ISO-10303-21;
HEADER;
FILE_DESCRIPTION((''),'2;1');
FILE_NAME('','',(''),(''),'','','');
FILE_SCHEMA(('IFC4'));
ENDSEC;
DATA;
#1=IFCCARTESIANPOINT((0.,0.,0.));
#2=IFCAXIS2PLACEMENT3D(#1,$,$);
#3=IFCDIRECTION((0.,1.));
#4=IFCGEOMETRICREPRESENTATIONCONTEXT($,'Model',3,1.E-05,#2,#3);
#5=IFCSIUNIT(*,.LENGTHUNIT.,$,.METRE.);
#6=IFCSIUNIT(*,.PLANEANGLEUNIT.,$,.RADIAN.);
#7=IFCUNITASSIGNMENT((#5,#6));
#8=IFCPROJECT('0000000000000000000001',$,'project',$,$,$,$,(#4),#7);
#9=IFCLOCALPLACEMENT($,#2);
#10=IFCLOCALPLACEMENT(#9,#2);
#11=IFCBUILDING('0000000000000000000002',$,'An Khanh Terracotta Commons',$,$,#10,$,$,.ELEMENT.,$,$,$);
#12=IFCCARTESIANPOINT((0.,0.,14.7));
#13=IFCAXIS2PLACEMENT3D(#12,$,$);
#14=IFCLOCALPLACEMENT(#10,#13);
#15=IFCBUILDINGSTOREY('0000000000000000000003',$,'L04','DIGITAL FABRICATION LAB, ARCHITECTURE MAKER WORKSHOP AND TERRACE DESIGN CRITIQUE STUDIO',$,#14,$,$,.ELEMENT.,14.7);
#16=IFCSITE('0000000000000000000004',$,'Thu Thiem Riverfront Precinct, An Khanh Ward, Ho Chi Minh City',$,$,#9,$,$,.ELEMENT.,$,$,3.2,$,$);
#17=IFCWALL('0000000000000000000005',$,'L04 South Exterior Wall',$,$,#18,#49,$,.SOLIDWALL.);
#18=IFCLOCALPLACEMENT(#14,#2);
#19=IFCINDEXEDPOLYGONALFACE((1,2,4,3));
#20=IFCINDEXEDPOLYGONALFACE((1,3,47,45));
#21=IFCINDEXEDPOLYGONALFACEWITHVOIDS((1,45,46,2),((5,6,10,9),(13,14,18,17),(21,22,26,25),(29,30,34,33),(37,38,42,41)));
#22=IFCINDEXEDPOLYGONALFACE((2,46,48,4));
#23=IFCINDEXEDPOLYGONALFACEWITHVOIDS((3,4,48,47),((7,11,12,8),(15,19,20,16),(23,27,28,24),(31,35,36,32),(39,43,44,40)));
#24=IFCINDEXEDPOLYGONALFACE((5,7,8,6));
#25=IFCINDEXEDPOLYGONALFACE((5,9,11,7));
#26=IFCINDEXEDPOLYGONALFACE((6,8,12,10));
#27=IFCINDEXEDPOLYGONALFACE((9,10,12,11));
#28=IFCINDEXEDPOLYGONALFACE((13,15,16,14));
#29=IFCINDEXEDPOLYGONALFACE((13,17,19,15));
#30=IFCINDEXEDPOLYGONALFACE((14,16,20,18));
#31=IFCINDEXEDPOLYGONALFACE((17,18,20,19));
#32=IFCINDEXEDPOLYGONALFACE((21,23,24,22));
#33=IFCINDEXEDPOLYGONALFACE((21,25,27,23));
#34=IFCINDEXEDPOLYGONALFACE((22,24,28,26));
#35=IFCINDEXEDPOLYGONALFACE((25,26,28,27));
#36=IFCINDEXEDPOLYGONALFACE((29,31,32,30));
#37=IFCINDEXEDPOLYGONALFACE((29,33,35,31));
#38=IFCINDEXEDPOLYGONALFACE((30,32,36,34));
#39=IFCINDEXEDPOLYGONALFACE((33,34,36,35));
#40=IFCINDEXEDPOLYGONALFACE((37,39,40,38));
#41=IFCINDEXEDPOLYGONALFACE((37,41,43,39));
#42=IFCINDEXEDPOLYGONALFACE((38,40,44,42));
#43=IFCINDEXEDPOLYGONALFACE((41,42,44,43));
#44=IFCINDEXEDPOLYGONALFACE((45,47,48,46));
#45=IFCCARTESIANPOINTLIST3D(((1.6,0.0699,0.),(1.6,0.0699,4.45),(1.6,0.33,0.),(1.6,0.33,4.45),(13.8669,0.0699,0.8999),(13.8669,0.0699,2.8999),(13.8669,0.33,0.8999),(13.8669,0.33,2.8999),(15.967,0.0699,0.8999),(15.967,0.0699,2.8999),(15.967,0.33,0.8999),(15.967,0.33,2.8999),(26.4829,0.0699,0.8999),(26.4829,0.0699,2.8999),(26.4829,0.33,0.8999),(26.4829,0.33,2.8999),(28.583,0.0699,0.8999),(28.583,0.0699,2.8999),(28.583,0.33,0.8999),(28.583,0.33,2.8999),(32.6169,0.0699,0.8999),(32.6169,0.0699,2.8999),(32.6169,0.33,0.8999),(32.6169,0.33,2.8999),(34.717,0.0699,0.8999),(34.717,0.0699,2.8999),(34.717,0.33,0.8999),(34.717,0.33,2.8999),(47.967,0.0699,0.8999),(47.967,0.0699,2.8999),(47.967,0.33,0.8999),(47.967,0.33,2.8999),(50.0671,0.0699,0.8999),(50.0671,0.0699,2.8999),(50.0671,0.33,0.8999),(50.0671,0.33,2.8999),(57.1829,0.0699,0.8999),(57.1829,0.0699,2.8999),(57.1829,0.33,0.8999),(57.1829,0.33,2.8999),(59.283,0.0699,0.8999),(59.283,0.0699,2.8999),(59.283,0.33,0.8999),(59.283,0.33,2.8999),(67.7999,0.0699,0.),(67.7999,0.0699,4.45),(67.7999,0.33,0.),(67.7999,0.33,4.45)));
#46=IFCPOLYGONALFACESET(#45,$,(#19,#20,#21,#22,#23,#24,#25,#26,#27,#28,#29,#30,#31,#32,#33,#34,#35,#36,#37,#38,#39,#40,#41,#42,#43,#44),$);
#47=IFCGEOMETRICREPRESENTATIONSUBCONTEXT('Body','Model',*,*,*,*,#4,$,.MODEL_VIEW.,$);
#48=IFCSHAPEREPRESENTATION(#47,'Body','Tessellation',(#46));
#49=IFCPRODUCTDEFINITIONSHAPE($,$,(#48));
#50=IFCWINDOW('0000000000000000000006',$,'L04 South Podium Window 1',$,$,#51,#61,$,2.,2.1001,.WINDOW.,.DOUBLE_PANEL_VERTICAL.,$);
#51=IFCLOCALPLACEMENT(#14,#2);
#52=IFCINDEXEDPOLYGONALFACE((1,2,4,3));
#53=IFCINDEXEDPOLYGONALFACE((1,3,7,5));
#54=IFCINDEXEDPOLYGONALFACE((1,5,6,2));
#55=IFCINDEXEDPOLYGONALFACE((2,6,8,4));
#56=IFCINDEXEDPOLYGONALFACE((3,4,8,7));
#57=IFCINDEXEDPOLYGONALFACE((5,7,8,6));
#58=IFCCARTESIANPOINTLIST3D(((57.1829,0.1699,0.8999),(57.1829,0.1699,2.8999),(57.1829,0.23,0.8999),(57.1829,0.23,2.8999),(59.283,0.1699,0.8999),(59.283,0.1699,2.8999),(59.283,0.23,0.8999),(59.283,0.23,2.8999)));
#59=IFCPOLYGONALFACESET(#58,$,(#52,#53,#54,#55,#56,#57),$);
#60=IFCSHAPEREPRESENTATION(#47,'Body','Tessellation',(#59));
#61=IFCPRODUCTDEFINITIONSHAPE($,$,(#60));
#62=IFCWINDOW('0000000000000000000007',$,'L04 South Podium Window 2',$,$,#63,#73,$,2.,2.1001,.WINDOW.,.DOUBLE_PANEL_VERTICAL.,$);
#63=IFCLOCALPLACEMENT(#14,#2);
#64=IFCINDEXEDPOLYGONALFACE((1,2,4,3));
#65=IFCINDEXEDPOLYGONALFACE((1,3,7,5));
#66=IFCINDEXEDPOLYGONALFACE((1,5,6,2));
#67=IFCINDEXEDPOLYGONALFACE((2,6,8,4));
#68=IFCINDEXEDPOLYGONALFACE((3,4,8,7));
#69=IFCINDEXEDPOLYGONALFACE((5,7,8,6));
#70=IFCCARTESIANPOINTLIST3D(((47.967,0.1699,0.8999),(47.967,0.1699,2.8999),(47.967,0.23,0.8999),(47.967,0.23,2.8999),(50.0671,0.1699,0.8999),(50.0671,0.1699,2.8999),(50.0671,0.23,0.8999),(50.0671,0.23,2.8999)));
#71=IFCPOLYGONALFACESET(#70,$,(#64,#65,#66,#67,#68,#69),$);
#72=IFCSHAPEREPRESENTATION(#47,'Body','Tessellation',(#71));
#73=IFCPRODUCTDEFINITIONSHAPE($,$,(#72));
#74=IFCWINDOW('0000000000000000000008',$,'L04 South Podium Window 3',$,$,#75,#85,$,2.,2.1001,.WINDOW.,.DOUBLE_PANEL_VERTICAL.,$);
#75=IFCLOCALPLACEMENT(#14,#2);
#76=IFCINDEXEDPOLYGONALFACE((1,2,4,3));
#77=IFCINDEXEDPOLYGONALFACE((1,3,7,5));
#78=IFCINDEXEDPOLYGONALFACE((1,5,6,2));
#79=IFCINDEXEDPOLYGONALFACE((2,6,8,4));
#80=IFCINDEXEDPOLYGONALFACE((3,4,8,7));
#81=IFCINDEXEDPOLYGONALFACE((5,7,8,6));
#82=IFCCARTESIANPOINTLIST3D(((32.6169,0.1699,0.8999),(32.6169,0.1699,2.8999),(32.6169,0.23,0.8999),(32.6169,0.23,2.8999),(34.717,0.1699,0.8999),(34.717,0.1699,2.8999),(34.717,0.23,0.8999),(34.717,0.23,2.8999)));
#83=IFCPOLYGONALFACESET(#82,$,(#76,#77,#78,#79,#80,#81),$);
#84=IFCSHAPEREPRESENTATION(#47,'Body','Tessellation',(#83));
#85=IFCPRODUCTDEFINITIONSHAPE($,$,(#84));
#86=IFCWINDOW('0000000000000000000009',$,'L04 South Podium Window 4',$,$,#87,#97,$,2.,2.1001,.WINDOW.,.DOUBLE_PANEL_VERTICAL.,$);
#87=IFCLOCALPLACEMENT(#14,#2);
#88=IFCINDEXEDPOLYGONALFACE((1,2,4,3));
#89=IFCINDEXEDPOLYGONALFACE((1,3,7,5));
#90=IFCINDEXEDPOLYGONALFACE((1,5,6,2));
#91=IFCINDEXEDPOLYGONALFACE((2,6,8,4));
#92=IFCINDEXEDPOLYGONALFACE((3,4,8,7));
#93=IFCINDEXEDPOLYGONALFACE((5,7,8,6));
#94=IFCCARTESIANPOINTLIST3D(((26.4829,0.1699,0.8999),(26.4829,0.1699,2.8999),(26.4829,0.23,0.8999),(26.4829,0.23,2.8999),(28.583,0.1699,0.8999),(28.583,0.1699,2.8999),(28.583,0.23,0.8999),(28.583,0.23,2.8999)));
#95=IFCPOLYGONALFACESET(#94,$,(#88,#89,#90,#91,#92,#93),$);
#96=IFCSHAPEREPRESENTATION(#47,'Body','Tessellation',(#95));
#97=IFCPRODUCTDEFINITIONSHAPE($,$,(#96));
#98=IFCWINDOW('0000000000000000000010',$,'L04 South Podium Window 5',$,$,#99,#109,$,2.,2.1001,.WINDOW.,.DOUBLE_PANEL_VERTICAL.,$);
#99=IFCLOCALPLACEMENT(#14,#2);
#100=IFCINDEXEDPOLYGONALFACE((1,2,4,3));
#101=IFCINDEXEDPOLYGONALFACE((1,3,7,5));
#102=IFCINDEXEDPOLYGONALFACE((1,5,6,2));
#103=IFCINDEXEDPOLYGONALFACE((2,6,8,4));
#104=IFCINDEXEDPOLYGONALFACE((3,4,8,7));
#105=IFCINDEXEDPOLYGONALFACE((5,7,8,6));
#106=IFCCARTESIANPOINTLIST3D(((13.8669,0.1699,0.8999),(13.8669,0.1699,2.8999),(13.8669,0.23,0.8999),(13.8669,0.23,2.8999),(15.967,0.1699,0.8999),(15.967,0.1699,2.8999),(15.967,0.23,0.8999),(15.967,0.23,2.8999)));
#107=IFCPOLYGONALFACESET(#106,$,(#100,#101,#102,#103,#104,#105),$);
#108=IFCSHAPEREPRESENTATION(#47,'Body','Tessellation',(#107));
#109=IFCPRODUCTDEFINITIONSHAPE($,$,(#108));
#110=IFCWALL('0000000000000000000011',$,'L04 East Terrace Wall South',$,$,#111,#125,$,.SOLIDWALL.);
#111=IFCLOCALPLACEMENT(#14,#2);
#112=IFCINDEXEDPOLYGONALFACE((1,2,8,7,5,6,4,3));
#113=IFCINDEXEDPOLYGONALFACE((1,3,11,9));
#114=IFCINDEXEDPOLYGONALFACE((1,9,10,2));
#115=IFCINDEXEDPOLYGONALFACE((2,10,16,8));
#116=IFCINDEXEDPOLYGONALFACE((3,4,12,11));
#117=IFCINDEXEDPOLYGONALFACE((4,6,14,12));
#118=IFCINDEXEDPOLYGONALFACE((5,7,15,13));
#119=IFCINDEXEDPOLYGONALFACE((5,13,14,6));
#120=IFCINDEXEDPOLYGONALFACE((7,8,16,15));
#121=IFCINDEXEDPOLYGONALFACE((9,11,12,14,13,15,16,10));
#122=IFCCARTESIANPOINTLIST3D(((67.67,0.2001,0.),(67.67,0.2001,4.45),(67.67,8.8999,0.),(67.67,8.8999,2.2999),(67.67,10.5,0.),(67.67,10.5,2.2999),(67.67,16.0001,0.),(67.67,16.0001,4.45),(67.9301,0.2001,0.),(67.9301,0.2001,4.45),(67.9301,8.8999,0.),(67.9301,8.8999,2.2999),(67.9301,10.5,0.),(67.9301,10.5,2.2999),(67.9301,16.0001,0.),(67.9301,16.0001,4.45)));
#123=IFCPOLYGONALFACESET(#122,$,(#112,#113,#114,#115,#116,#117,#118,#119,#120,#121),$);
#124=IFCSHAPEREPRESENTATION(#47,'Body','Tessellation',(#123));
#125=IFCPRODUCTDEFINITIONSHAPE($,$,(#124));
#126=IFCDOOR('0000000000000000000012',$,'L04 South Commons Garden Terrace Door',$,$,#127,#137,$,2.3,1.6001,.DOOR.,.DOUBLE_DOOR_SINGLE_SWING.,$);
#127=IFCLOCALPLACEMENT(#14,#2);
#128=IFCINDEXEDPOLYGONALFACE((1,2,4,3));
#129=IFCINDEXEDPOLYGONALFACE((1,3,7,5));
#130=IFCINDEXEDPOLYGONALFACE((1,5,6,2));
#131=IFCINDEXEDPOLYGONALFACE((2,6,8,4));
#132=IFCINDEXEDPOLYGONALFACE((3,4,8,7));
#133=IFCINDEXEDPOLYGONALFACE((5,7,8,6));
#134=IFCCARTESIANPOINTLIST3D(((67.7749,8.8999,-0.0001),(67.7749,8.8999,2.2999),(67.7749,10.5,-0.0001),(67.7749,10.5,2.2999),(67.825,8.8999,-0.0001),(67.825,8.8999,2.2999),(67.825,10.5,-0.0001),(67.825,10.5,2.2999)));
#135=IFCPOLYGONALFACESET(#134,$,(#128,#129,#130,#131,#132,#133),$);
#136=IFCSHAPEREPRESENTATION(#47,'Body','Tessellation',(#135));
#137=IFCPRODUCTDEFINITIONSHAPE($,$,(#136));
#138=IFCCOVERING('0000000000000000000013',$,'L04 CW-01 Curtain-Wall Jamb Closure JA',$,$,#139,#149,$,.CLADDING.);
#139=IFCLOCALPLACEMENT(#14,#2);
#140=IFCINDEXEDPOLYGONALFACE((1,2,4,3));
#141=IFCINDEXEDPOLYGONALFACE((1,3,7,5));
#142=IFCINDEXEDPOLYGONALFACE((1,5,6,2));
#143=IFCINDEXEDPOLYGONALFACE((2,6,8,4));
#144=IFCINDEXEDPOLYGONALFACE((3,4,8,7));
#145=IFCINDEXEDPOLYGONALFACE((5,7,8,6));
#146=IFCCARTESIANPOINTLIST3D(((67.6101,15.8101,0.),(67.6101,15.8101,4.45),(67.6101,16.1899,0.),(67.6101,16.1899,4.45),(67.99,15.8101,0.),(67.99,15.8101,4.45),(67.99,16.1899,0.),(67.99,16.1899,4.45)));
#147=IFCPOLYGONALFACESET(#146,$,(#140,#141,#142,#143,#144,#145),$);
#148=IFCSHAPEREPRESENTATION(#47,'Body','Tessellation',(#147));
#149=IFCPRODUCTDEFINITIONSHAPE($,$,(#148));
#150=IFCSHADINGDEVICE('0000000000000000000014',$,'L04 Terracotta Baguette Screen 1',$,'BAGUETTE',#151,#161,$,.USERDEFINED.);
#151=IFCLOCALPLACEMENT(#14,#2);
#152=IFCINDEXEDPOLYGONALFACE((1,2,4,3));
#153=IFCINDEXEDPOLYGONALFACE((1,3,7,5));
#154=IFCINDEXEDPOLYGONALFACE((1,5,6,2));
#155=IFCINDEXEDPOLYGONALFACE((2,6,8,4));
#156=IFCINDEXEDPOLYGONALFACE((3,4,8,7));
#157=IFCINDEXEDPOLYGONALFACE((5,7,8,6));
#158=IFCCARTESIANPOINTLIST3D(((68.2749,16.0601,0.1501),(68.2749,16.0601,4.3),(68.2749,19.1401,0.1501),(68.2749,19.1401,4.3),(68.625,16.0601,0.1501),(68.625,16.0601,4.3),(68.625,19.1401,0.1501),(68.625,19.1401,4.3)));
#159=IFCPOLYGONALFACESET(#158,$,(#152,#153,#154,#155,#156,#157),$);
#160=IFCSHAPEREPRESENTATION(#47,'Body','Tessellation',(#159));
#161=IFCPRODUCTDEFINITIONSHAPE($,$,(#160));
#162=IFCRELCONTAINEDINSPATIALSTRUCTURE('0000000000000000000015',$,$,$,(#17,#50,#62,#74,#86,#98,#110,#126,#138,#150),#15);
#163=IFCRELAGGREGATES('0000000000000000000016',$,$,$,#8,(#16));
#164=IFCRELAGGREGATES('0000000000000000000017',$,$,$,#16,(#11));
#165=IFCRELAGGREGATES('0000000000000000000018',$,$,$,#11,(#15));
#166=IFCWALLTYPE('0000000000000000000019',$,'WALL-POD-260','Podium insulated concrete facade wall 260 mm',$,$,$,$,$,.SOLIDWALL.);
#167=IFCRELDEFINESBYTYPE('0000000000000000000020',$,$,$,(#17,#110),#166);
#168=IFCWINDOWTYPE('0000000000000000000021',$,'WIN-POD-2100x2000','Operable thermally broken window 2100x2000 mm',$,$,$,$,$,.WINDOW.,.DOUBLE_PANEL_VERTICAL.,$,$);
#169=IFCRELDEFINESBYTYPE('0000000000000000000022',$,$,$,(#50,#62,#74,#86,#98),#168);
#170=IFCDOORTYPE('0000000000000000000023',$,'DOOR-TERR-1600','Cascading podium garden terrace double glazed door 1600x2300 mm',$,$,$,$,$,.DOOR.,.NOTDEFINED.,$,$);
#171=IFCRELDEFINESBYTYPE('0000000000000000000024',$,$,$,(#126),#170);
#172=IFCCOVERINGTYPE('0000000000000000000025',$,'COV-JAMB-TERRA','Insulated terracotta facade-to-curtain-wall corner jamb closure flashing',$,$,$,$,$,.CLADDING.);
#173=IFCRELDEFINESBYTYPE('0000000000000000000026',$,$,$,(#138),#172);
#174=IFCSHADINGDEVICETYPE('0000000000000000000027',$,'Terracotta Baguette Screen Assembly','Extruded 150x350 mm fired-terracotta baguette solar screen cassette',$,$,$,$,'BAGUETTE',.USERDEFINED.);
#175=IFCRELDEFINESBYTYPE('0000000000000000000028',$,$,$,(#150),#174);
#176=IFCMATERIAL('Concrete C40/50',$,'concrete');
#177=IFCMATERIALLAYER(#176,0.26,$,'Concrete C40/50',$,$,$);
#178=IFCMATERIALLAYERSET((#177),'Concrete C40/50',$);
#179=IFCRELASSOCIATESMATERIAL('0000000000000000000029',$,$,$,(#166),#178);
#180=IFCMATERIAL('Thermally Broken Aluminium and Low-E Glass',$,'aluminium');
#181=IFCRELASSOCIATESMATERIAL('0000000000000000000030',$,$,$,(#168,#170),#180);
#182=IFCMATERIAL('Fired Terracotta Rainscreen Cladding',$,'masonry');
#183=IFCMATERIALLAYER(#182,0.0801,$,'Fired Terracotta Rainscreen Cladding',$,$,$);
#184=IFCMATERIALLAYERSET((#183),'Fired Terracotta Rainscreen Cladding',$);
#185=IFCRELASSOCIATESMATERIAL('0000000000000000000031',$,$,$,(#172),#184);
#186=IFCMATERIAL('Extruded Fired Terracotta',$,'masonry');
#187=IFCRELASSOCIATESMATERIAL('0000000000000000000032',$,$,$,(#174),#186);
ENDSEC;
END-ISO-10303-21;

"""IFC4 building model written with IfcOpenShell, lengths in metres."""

from ifc_helpers import new_model, si_unit, direction, frame, frame_2d, origin, origin_2d, place, context, subcontext, project, spatial, rectangle, extrude, material, layer, layer_set, type_object, element, fill, save


model = new_model("IFC4")

# Units and contexts
model_context = context("Model", 3, precision=1e-05, world=origin(), true_north=direction((0.0, 1.0)))
body_context = subcontext(model_context, "Body", "Model", "MODEL_VIEW")
ifc_project = project(units=[si_unit("LENGTHUNIT", "METRE"), si_unit("PLANEANGLEUNIT", "RADIAN")], contexts=[model_context])

# Site, building, storey
site_placement = place(None, origin())
site = spatial("IfcSite", under=ifc_project, at=site_placement, Name="Thu Thiem Riverfront Precinct, An Khanh Ward, Ho Chi Minh City", CompositionType="ELEMENT", RefElevation=3.2)
building_placement = place(site_placement, origin())
building = spatial("IfcBuilding", under=site, at=building_placement, Name="An Khanh Terracotta Commons", CompositionType="ELEMENT")
storey_placement = place(building_placement, frame((0.0, 0.0, 14.7)))
storey = spatial("IfcBuildingStorey", under=building, at=storey_placement, Name="L04", Description="DIGITAL FABRICATION LAB, ARCHITECTURE MAKER WORKSHOP AND TERRACE DESIGN CRITIQUE STUDIO", CompositionType="ELEMENT", Elevation=14.7)

# Wall, openings, windows
ifc_material_1 = material(Name="Concrete C40/50", Category="concrete")
ifc_layer_1 = layer(ifc_material_1, 0.26, Name="Concrete C40/50")
ifc_layer_set_1 = layer_set([ifc_layer_1], Name="Concrete C40/50")
wall_type = type_object("IfcWallType", Name="WALL-POD-260", Description="Podium insulated concrete facade wall 260 mm", PredefinedType="SOLIDWALL", material=ifc_layer_set_1)
wall_1_placement = place(storey_placement, frame((67.8, 0.2, 0.0), z_axis=(0.0, 0.0, 1.0), x_axis=(-1.0, 0.0, 0.0)))
wall_1 = element("IfcWall", 1, at=wall_1_placement, inside=storey, type_object=wall_type, Name="L04 South Exterior Wall", PredefinedType="SOLIDWALL", context=body_context, shape_type="SweptSolid", body=[
    extrude(rectangle(XDim=66.2, YDim=0.26, at=frame_2d((33.1001, 0.0))), origin(), (0.0, 0.0, 1.0), 4.45),
])
opening_1_placement = place(wall_1_placement, frame((8.5171, 0.0, 0.8999)))
opening_1 = element("IfcOpeningElement", 2, at=opening_1_placement, cuts=wall_1, PredefinedType="OPENING", context=body_context, shape_type="SweptSolid", body=[
    extrude(rectangle(XDim=2.1001, YDim=2.0, at=frame_2d((1.05, 1.0))), frame((0.0, 0.1399, 0.0), z_axis=(0.0, -1.0, 0.0), x_axis=(1.0, 0.0, 0.0)), (0.0, 0.0, 1.0), 0.28),
])
opening_2_placement = place(wall_1_placement, frame((17.7329, 0.0, 0.8999)))
opening_2 = element("IfcOpeningElement", 3, at=opening_2_placement, cuts=wall_1, PredefinedType="OPENING", context=body_context, shape_type="SweptSolid", body=[
    extrude(rectangle(XDim=2.1001, YDim=2.0, at=frame_2d((1.05, 1.0))), frame((0.0, 0.1399, 0.0), z_axis=(0.0, -1.0, 0.0), x_axis=(1.0, 0.0, 0.0)), (0.0, 0.0, 1.0), 0.28),
])
opening_3_placement = place(wall_1_placement, frame((33.083, 0.0, 0.8999)))
opening_3 = element("IfcOpeningElement", 4, at=opening_3_placement, cuts=wall_1, PredefinedType="OPENING", context=body_context, shape_type="SweptSolid", body=[
    extrude(rectangle(XDim=2.1001, YDim=2.0, at=frame_2d((1.05, 1.0))), frame((0.0, 0.1399, 0.0), z_axis=(0.0, -1.0, 0.0), x_axis=(1.0, 0.0, 0.0)), (0.0, 0.0, 1.0), 0.28),
])
opening_4_placement = place(wall_1_placement, frame((39.217, 0.0, 0.8999)))
opening_4 = element("IfcOpeningElement", 5, at=opening_4_placement, cuts=wall_1, PredefinedType="OPENING", context=body_context, shape_type="SweptSolid", body=[
    extrude(rectangle(XDim=2.1001, YDim=2.0, at=frame_2d((1.05, 1.0))), frame((0.0, 0.1399, 0.0), z_axis=(0.0, -1.0, 0.0), x_axis=(1.0, 0.0, 0.0)), (0.0, 0.0, 1.0), 0.28),
])
opening_5_placement = place(wall_1_placement, frame((51.833, 0.0, 0.8999)))
opening_5 = element("IfcOpeningElement", 6, at=opening_5_placement, cuts=wall_1, PredefinedType="OPENING", context=body_context, shape_type="SweptSolid", body=[
    extrude(rectangle(XDim=2.1001, YDim=2.0, at=frame_2d((1.05, 1.0))), frame((0.0, 0.1399, 0.0), z_axis=(0.0, -1.0, 0.0), x_axis=(1.0, 0.0, 0.0)), (0.0, 0.0, 1.0), 0.28),
])
ifc_material_2 = material(Name="Thermally Broken Aluminium and Low-E Glass", Category="aluminium")
window_type = type_object("IfcWindowType", Name="WIN-POD-2100x2000", Description="Operable thermally broken window 2100x2000 mm", PartitioningType="DOUBLE_PANEL_VERTICAL", PredefinedType="WINDOW", material=ifc_material_2)
window_1_placement = place(opening_1_placement, origin())
window_1 = element("IfcWindow", 7, at=window_1_placement, inside=storey, type_object=window_type, Name="L04 South Podium Window 1", OverallHeight=2.0, OverallWidth=2.1001, PartitioningType="DOUBLE_PANEL_VERTICAL", PredefinedType="WINDOW", context=body_context, shape_type="SweptSolid", body=[
    extrude(rectangle(XDim=2.1001, YDim=2.0, at=frame_2d((1.05, 1.0))), frame((0.0, 0.03, 0.0), z_axis=(0.0, -1.0, 0.0), x_axis=(1.0, 0.0, 0.0)), (0.0, 0.0, 1.0), 0.0601),
])
fill(opening_1, window_1)
window_2_placement = place(opening_2_placement, origin())
window_2 = element("IfcWindow", 8, at=window_2_placement, inside=storey, type_object=window_type, Name="L04 South Podium Window 2", OverallHeight=2.0, OverallWidth=2.1001, PartitioningType="DOUBLE_PANEL_VERTICAL", PredefinedType="WINDOW", context=body_context, shape_type="SweptSolid", body=[
    extrude(rectangle(XDim=2.1001, YDim=2.0, at=frame_2d((1.05, 1.0))), frame((0.0, 0.03, 0.0), z_axis=(0.0, -1.0, 0.0), x_axis=(1.0, 0.0, 0.0)), (0.0, 0.0, 1.0), 0.0601),
])
fill(opening_2, window_2)
window_3_placement = place(opening_3_placement, origin())
window_3 = element("IfcWindow", 9, at=window_3_placement, inside=storey, type_object=window_type, Name="L04 South Podium Window 3", OverallHeight=2.0, OverallWidth=2.1001, PartitioningType="DOUBLE_PANEL_VERTICAL", PredefinedType="WINDOW", context=body_context, shape_type="SweptSolid", body=[
    extrude(rectangle(XDim=2.1001, YDim=2.0, at=frame_2d((1.05, 1.0))), frame((0.0, 0.03, 0.0), z_axis=(0.0, -1.0, 0.0), x_axis=(1.0, 0.0, 0.0)), (0.0, 0.0, 1.0), 0.0601),
])
fill(opening_3, window_3)
window_4_placement = place(opening_4_placement, origin())
window_4 = element("IfcWindow", 10, at=window_4_placement, inside=storey, type_object=window_type, Name="L04 South Podium Window 4", OverallHeight=2.0, OverallWidth=2.1001, PartitioningType="DOUBLE_PANEL_VERTICAL", PredefinedType="WINDOW", context=body_context, shape_type="SweptSolid", body=[
    extrude(rectangle(XDim=2.1001, YDim=2.0, at=frame_2d((1.05, 1.0))), frame((0.0, 0.03, 0.0), z_axis=(0.0, -1.0, 0.0), x_axis=(1.0, 0.0, 0.0)), (0.0, 0.0, 1.0), 0.0601),
])
fill(opening_4, window_4)
window_5_placement = place(opening_5_placement, origin())
window_5 = element("IfcWindow", 11, at=window_5_placement, inside=storey, type_object=window_type, Name="L04 South Podium Window 5", OverallHeight=2.0, OverallWidth=2.1001, PartitioningType="DOUBLE_PANEL_VERTICAL", PredefinedType="WINDOW", context=body_context, shape_type="SweptSolid", body=[
    extrude(rectangle(XDim=2.1001, YDim=2.0, at=frame_2d((1.05, 1.0))), frame((0.0, 0.03, 0.0), z_axis=(0.0, -1.0, 0.0), x_axis=(1.0, 0.0, 0.0)), (0.0, 0.0, 1.0), 0.0601),
])
fill(opening_5, window_5)

# Wall, opening, door
wall_2_placement = place(storey_placement, frame((67.8, 16.0, 0.0), z_axis=(0.0, 0.0, 1.0), x_axis=(0.0, -1.0, 0.0)))
wall_2 = element("IfcWall", 12, at=wall_2_placement, inside=storey, type_object=wall_type, Name="L04 East Terrace Wall South", PredefinedType="SOLIDWALL", context=body_context, shape_type="SweptSolid", body=[
    extrude(rectangle(XDim=15.8, YDim=0.26, at=frame_2d((7.8999, 0.0))), origin(), (0.0, 0.0, 1.0), 4.45),
])
opening_6_placement = place(wall_2_placement, frame((5.5, 0.0, 0.0)))
opening_6 = element("IfcOpeningElement", 13, at=opening_6_placement, cuts=wall_2, PredefinedType="OPENING", context=body_context, shape_type="SweptSolid", body=[
    extrude(rectangle(XDim=1.6001, YDim=2.3, at=frame_2d((0.8, 1.1499))), frame((0.0, 0.1399, 0.0), z_axis=(0.0, -1.0, 0.0), x_axis=(1.0, 0.0, 0.0)), (0.0, 0.0, 1.0), 0.28),
])
door_type = type_object("IfcDoorType", Name="DOOR-TERR-1600", Description="Cascading podium garden terrace double glazed door 1600x2300 mm", OperationType="NOTDEFINED", PredefinedType="DOOR", material=ifc_material_2)
door_placement = place(opening_6_placement, origin())
door = element("IfcDoor", 14, at=door_placement, inside=storey, type_object=door_type, Name="L04 South Commons Garden Terrace Door", OperationType="DOUBLE_DOOR_SINGLE_SWING", OverallHeight=2.3, OverallWidth=1.6001, PredefinedType="DOOR", context=body_context, shape_type="SweptSolid", body=[
    extrude(rectangle(XDim=1.6001, YDim=2.3, at=frame_2d((0.8, 1.1499))), frame((0.0, 0.0249, 0.0), z_axis=(0.0, -1.0, 0.0), x_axis=(1.0, 0.0, 0.0)), (0.0, 0.0, 1.0), 0.05),
])
fill(opening_6, door)

# Covering
ifc_material_3 = material(Name="Fired Terracotta Rainscreen Cladding", Category="masonry")
ifc_layer_2 = layer(ifc_material_3, 0.0801, Name="Fired Terracotta Rainscreen Cladding")
ifc_layer_set_2 = layer_set([ifc_layer_2], Name="Fired Terracotta Rainscreen Cladding")
covering_type = type_object("IfcCoveringType", Name="COV-JAMB-TERRA", Description="Insulated terracotta facade-to-curtain-wall corner jamb closure flashing", PredefinedType="CLADDING", material=ifc_layer_set_2)
covering_placement = place(storey_placement, frame((67.8, 16.0, 0.0), z_axis=(0.0, 0.0, 1.0), x_axis=(1.0, 0.0, 0.0)))
element("IfcCovering", 15, at=covering_placement, inside=storey, type_object=covering_type, Name="L04 CW-01 Curtain-Wall Jamb Closure JA", PredefinedType="CLADDING", context=body_context, shape_type="SweptSolid", body=[
    extrude(rectangle(XDim=0.3799, YDim=0.3799, at=origin_2d()), origin(), (0.0, 0.0, 1.0), 4.45),
])

# Shading device
ifc_material_4 = material(Name="Extruded Fired Terracotta", Category="masonry")
shading_device_type = type_object("IfcShadingDeviceType", Name="Terracotta Baguette Screen Assembly", Description="Extruded 150x350 mm fired-terracotta baguette solar screen cassette", ElementType="BAGUETTE", PredefinedType="USERDEFINED", material=ifc_material_4)
shading_device_placement = place(storey_placement, frame((68.45, 17.6001, 0.1501), z_axis=(0.0, 0.0, 1.0), x_axis=(0.0, 1.0, 0.0)))
element("IfcShadingDevice", 16, at=shading_device_placement, inside=storey, type_object=shading_device_type, Name="L04 Terracotta Baguette Screen 1", ObjectType="BAGUETTE", PredefinedType="USERDEFINED", context=body_context, shape_type="SweptSolid", body=[
    extrude(rectangle(XDim=3.0801, YDim=0.3501, at=origin_2d()), origin(), (0.0, 0.0, 1.0), 4.1499),
])

save(model, "model.ifc")
